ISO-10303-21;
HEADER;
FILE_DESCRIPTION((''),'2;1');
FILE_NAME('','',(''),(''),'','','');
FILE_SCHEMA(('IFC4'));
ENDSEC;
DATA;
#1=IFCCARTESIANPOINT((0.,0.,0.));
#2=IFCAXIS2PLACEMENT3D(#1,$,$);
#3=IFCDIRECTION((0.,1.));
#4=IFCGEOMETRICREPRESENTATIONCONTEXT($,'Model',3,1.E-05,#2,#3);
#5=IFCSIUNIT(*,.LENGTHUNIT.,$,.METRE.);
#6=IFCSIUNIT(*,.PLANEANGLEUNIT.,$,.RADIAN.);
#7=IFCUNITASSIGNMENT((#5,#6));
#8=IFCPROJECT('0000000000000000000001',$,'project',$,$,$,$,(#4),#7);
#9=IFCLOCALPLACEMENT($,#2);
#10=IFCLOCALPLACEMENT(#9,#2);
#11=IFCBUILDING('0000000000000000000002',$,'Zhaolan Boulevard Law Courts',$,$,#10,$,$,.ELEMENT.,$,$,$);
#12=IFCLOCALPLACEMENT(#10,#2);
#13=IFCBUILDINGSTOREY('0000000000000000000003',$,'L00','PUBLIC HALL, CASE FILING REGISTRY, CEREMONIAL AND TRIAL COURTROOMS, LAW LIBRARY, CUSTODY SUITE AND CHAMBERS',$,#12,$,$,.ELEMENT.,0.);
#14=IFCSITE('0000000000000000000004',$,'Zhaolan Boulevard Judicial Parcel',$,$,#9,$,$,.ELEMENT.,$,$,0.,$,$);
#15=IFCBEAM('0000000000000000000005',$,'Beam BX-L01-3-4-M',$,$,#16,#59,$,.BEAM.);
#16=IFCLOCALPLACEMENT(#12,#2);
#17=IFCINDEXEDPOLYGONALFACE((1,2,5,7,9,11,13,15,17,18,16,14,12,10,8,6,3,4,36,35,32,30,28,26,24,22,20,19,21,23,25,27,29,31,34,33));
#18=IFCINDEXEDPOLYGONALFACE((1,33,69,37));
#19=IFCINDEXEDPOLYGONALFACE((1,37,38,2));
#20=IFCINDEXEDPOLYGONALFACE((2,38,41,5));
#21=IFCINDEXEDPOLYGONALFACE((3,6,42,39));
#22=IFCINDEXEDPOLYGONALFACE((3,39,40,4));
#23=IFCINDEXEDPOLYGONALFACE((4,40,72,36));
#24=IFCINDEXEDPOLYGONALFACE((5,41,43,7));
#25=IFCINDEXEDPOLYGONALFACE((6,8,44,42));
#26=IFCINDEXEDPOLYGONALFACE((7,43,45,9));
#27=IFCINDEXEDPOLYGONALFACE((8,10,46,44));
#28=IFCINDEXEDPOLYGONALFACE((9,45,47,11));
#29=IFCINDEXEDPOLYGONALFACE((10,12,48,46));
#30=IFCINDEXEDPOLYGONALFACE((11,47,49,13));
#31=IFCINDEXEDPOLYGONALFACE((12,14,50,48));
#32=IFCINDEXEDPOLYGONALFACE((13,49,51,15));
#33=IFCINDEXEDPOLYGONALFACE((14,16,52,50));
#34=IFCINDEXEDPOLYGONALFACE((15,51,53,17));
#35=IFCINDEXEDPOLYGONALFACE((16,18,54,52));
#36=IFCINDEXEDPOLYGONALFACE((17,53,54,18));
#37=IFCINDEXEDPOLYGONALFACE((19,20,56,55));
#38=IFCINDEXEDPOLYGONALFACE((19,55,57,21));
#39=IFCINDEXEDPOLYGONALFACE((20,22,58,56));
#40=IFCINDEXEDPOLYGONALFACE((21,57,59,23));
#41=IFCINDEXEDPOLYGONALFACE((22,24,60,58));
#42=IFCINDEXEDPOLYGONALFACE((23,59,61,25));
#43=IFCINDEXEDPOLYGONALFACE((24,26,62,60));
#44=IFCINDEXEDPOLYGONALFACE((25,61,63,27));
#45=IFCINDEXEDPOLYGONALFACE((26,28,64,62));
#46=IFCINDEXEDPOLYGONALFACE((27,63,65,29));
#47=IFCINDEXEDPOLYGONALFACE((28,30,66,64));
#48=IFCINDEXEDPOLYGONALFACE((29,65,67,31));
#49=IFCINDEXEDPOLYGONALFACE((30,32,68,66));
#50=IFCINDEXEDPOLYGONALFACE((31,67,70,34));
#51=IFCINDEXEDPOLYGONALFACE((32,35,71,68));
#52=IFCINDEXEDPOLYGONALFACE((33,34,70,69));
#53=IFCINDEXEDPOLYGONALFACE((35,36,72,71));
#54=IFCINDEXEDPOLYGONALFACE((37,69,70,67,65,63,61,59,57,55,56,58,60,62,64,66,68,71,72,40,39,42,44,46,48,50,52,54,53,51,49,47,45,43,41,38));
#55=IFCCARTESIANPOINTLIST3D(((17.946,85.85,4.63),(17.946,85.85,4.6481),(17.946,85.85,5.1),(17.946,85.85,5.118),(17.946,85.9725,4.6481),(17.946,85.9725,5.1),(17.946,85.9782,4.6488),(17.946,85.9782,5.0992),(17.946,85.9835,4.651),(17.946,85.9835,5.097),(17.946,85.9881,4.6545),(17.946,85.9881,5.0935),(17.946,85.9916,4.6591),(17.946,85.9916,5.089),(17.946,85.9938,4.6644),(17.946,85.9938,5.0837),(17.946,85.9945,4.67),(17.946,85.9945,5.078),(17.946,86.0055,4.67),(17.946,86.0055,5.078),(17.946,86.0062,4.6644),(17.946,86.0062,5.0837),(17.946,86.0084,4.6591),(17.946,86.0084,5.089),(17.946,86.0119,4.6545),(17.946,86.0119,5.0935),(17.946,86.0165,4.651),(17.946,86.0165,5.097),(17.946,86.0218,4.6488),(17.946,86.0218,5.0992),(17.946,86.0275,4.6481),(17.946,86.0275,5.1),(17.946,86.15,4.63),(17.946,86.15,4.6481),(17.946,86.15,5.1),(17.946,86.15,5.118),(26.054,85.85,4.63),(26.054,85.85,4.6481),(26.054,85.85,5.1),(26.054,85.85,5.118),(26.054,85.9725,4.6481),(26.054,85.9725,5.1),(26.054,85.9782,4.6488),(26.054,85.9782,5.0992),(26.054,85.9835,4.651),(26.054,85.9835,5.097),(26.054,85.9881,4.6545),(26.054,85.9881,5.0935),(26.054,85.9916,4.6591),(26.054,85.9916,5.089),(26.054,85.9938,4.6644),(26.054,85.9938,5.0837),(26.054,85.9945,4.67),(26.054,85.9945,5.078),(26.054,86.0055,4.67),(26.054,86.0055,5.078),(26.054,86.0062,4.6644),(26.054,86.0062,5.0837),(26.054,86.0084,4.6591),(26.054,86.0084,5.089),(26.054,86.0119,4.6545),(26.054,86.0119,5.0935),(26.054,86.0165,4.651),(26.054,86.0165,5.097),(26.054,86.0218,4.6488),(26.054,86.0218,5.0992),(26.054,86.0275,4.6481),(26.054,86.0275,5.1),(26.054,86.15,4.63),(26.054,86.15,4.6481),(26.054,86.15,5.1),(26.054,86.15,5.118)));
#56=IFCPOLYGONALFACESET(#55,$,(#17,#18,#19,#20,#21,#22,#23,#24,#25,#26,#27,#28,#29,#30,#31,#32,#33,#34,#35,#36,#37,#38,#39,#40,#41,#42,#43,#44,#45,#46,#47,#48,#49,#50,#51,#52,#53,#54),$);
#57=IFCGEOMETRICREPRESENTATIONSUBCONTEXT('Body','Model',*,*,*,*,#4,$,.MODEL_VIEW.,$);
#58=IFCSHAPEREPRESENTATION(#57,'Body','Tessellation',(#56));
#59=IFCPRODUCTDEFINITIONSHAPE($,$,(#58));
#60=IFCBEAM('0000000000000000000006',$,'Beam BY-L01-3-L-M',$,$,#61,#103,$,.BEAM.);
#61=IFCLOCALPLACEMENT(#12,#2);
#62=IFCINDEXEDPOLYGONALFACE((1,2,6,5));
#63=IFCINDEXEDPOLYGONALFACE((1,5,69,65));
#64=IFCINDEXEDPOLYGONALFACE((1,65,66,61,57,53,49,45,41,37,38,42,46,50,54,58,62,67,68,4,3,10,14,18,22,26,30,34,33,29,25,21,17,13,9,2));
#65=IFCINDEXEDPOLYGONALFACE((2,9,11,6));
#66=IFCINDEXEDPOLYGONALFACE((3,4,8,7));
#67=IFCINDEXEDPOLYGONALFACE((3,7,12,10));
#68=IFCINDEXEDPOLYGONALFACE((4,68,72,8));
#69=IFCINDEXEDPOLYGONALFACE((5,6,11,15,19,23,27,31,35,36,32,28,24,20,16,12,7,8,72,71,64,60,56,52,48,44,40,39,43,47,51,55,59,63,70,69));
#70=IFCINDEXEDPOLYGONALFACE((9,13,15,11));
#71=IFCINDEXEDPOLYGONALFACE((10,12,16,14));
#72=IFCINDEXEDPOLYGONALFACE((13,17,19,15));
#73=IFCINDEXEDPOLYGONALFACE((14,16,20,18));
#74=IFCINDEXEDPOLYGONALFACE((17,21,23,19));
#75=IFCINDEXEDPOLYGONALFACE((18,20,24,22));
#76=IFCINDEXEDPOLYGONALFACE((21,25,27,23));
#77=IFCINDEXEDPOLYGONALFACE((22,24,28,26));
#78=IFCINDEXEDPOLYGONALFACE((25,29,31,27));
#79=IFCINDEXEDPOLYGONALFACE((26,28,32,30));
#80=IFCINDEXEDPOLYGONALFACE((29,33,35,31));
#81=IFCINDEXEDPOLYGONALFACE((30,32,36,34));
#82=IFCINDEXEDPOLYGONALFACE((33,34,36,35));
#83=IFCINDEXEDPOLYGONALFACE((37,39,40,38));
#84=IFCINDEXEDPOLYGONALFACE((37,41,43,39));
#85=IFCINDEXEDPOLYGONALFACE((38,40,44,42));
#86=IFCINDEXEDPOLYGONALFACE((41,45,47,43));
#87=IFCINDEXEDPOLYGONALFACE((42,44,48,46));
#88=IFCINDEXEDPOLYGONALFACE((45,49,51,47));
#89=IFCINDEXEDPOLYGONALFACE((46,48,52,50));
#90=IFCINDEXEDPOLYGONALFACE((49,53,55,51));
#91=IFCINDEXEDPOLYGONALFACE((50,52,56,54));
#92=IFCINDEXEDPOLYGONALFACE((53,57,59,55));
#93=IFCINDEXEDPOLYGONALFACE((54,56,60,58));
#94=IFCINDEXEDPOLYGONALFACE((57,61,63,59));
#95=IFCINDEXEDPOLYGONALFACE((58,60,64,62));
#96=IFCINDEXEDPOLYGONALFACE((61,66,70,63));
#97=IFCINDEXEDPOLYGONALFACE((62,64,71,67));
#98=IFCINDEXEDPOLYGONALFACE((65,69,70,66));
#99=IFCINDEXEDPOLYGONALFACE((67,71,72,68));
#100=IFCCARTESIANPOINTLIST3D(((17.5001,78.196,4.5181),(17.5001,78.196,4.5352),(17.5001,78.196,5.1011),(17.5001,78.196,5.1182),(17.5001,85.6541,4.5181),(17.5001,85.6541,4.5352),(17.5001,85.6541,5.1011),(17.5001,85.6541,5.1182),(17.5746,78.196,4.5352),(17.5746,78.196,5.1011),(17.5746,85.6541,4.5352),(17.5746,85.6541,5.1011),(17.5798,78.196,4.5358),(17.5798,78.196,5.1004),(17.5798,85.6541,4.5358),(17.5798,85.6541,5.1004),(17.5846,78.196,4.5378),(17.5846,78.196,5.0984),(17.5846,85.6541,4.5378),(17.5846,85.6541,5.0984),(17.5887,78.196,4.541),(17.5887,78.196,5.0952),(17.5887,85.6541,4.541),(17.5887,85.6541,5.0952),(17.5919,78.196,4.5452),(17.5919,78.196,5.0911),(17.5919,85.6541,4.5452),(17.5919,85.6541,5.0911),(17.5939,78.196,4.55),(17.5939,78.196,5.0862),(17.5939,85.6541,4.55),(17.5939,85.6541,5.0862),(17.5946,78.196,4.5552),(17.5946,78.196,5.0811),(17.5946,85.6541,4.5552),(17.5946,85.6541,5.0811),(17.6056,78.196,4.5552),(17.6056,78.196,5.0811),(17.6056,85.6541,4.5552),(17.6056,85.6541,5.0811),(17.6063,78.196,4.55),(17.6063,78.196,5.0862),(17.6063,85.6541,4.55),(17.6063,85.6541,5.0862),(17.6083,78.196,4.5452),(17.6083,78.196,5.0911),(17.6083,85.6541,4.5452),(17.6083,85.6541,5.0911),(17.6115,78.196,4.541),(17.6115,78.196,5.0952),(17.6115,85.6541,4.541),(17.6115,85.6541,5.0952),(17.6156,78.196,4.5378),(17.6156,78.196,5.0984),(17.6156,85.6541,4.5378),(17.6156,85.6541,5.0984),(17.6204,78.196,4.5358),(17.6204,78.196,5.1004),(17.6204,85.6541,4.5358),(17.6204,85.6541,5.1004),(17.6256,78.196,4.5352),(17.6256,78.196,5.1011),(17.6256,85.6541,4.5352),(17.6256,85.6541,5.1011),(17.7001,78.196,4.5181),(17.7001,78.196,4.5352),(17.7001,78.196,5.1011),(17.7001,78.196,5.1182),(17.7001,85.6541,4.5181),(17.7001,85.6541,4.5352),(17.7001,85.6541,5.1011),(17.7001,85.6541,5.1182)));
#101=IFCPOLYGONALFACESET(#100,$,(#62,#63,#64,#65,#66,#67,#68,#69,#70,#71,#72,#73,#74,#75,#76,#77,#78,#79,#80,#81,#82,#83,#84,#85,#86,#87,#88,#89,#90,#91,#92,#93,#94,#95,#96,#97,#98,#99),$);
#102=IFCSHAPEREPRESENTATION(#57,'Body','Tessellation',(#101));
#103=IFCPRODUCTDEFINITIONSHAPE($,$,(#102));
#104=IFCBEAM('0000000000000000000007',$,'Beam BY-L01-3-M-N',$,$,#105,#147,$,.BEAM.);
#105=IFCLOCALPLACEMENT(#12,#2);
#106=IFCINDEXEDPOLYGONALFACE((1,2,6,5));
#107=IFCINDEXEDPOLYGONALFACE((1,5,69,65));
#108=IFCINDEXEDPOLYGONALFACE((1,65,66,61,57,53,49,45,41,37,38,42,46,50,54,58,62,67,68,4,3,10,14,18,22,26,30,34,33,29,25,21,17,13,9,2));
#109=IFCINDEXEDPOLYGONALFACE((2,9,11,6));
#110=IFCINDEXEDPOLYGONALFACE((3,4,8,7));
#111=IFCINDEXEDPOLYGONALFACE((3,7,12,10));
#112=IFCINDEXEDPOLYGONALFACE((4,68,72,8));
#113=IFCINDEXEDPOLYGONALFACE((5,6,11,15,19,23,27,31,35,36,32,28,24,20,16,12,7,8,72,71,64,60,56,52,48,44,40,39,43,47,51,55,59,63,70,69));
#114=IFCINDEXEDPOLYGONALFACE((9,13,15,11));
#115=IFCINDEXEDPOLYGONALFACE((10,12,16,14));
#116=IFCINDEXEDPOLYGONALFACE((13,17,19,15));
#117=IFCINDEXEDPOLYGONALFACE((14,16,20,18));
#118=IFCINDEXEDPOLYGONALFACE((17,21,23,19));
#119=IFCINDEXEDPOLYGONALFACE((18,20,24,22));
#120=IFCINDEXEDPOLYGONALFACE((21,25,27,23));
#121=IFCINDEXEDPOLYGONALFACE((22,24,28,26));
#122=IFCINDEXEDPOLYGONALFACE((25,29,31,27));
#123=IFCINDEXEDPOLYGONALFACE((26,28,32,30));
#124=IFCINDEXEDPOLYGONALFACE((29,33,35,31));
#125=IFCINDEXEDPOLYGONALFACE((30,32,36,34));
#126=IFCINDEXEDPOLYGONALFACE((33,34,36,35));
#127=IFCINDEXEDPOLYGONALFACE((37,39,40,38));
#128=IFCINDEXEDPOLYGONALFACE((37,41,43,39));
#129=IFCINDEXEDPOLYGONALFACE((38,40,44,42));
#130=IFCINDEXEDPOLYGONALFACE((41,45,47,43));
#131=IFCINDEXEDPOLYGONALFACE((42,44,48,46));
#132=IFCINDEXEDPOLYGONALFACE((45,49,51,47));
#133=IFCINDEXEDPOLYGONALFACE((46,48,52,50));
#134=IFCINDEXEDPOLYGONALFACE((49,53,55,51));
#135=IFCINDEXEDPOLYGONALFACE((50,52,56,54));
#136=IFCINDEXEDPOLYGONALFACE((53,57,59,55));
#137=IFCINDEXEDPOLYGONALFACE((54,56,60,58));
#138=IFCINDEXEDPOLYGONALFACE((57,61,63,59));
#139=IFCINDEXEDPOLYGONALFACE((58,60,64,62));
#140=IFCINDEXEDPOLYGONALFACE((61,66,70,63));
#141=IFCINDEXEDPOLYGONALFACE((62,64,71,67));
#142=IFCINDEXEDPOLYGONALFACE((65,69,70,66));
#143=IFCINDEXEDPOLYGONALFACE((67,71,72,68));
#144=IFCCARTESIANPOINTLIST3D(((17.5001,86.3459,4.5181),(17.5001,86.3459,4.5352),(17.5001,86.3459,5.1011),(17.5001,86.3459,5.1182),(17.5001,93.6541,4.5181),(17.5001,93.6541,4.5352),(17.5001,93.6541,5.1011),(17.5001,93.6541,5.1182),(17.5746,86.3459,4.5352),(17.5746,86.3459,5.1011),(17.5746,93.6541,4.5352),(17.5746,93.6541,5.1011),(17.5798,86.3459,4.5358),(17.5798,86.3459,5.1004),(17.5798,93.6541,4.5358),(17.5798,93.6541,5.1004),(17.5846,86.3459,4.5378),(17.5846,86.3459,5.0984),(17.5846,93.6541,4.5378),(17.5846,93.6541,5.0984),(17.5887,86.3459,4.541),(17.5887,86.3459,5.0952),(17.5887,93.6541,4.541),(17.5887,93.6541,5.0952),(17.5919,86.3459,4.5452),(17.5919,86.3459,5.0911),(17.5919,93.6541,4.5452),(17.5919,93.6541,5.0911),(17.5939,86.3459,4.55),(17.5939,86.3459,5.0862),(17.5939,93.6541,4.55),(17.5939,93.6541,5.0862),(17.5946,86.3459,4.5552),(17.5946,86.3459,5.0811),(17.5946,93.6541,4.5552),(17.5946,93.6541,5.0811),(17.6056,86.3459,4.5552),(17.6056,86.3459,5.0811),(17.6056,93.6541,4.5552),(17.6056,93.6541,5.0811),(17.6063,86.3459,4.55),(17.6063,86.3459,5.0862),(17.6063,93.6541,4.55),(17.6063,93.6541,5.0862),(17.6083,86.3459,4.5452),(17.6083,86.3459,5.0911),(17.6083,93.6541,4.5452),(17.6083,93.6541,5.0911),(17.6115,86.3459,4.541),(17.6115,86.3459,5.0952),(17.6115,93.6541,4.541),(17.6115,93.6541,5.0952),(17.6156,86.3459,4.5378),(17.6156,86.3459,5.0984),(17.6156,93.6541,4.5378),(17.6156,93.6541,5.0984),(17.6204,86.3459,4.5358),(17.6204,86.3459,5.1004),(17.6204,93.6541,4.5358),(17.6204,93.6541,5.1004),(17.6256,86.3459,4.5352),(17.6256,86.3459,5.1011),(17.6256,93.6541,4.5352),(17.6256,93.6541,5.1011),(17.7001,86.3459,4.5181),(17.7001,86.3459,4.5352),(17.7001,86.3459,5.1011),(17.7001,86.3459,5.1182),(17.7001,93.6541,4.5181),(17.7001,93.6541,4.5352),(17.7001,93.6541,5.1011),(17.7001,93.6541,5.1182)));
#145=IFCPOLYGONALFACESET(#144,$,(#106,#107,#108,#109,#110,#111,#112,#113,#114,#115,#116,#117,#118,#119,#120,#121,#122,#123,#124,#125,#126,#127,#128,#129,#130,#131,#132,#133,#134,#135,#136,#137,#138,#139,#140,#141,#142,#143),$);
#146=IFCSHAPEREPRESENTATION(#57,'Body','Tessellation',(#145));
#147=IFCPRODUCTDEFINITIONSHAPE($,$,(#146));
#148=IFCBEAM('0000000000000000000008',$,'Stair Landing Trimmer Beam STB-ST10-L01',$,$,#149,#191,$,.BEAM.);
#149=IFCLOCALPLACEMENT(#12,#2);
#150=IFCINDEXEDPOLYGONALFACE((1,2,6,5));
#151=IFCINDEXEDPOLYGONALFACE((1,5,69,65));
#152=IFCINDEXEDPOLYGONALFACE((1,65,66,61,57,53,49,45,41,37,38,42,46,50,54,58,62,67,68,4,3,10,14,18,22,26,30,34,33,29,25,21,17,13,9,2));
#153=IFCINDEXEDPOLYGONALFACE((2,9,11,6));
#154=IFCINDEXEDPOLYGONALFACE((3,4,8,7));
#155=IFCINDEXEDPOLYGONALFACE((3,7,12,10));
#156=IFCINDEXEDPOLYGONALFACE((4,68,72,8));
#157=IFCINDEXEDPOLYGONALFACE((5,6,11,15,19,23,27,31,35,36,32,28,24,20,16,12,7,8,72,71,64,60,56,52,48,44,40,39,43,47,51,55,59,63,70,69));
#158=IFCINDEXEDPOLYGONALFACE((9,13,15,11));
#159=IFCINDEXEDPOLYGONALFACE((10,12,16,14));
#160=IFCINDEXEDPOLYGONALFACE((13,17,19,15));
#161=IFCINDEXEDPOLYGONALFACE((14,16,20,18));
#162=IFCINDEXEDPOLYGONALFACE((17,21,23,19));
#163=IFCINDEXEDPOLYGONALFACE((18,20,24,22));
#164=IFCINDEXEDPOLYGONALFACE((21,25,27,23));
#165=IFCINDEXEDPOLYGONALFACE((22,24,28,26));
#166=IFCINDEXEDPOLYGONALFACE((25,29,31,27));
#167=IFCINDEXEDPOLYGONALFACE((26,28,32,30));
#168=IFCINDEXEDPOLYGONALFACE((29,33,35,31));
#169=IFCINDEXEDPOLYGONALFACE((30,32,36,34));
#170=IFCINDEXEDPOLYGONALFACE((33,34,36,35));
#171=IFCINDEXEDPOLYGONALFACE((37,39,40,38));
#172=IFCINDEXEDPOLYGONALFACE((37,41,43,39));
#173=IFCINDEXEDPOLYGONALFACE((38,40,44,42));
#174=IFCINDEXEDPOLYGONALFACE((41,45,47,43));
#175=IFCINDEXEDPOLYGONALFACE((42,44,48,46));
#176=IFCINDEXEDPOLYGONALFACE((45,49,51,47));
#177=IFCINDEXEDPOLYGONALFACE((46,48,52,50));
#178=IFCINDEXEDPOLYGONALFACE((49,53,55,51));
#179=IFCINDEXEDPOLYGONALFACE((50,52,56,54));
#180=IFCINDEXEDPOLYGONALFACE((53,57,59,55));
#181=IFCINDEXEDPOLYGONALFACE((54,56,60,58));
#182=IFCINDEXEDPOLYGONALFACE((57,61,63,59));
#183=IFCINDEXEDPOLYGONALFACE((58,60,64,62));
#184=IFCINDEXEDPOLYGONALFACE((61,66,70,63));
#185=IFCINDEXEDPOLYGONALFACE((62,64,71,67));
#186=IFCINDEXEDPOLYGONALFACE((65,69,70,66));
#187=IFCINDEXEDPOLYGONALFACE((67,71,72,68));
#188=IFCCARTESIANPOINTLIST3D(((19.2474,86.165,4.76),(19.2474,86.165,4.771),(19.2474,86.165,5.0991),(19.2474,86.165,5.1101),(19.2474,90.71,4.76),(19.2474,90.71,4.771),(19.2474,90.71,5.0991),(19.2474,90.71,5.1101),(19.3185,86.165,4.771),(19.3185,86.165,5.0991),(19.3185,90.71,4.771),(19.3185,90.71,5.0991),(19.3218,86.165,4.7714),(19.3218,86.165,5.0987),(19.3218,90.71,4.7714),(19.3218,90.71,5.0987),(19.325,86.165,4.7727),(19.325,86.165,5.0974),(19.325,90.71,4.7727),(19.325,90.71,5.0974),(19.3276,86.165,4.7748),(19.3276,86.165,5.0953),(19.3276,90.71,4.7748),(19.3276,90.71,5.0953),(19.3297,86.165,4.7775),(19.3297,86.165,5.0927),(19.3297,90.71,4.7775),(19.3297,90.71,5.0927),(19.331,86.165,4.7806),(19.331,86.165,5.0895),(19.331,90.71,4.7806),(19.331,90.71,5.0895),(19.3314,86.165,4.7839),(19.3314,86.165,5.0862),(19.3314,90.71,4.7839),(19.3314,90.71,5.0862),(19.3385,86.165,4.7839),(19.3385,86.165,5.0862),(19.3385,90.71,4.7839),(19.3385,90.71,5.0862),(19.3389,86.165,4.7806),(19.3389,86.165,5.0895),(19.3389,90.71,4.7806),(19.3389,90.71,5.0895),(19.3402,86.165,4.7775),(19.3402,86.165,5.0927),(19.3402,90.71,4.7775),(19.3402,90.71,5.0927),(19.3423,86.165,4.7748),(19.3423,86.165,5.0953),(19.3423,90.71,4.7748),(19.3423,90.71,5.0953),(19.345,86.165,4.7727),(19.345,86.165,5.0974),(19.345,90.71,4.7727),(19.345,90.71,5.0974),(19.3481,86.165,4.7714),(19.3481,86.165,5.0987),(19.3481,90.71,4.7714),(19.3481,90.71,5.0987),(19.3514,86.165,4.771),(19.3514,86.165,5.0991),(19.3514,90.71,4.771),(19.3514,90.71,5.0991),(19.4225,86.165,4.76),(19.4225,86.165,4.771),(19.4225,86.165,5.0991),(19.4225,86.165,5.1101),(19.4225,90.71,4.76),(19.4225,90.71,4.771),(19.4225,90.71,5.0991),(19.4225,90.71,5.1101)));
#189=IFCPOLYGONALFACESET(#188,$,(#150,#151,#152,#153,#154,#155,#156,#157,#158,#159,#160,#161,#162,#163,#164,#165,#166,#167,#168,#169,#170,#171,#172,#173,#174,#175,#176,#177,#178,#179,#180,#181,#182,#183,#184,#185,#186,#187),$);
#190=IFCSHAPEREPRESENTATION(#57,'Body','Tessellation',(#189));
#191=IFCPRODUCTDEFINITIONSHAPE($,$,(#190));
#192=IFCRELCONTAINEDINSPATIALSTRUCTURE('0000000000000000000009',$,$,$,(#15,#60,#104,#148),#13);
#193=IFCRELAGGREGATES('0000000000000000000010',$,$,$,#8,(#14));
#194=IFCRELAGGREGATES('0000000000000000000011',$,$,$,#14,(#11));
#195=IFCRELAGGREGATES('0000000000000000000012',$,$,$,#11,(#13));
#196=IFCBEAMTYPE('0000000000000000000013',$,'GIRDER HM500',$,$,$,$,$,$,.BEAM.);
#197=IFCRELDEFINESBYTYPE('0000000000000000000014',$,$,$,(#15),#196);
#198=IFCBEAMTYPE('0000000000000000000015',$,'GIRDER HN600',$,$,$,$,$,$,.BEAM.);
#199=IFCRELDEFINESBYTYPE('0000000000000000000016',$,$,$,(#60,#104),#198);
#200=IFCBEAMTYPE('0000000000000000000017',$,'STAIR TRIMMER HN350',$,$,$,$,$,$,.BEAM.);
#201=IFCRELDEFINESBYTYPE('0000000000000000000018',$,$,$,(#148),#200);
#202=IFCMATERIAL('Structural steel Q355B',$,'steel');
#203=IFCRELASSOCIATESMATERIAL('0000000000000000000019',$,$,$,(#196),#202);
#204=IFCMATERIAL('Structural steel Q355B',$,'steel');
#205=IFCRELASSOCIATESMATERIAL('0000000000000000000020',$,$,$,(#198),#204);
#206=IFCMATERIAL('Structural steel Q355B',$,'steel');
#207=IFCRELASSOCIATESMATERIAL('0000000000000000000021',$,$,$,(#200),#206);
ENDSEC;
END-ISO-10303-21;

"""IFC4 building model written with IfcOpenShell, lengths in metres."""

from ifc_helpers import new_model, si_unit, direction, frame, origin, origin_2d, place, context, subcontext, project, spatial, i_section, extrude, material, material_profile, profile_set, type_object, element, save


model = new_model("IFC4")

# Units and contexts
model_context = context("Model", 3, precision=1e-05, world=origin(), true_north=direction((0.0, 1.0)))
body_context = subcontext(model_context, "Body", "Model", "MODEL_VIEW")
ifc_project = project(units=[si_unit("LENGTHUNIT", "METRE"), si_unit("PLANEANGLEUNIT", "RADIAN")], contexts=[model_context])

# Site, building, storey
site_placement = place(None, origin())
site = spatial("IfcSite", under=ifc_project, at=site_placement, Name="Zhaolan Boulevard Judicial Parcel", CompositionType="ELEMENT", RefElevation=0.0)
building_placement = place(site_placement, origin())
building = spatial("IfcBuilding", under=site, at=building_placement, Name="Zhaolan Boulevard Law Courts", CompositionType="ELEMENT")
storey_placement = place(building_placement, origin())
storey = spatial("IfcBuildingStorey", under=building, at=storey_placement, Name="L00", Description="PUBLIC HALL, CASE FILING REGISTRY, CEREMONIAL AND TRIAL COURTROOMS, LAW LIBRARY, CUSTODY SUITE AND CHAMBERS", CompositionType="ELEMENT", Elevation=0.0)

# Beams
ifc_material_1 = material(Name="Structural steel Q355B", Category="steel")
ifc_material_profile_1 = material_profile(ifc_material_1, i_section(OverallWidth=0.3, OverallDepth=0.488, WebThickness=0.011, FlangeThickness=0.0181, FilletRadius=0.022, at=origin_2d()), Name="HM488x300")
ifc_profile_set_1 = profile_set([ifc_material_profile_1], Name="Structural steel Q355B")
beam_type_1 = type_object("IfcBeamType", Name="GIRDER HM500", PredefinedType="BEAM", material=ifc_profile_set_1)
beam_1_placement = place(storey_placement, frame((17.946, 86.0, 4.874), z_axis=(1.0, 0.0, 0.0), x_axis=(0.0, 1.0, 0.0)))
element("IfcBeam", 1, at=beam_1_placement, inside=storey, type_object=beam_type_1, Name="Beam BX-L01-3-4-M", PredefinedType="BEAM", context=body_context, shape_type="SweptSolid", body=[
    extrude(i_section(OverallWidth=0.3, OverallDepth=0.488, WebThickness=0.011, FlangeThickness=0.0181, FilletRadius=0.022, at=origin_2d()), origin(), (0.0, 0.0, 1.0), 8.1079),
])
ifc_material_2 = material(Name="Structural steel Q355B", Category="steel")
ifc_material_profile_2 = material_profile(ifc_material_2, i_section(OverallWidth=0.2, OverallDepth=0.6001, WebThickness=0.011, FlangeThickness=0.0171, FilletRadius=0.02, at=origin_2d()), Name="HN600x200")
ifc_profile_set_2 = profile_set([ifc_material_profile_2], Name="Structural steel Q355B")
beam_type_2 = type_object("IfcBeamType", Name="GIRDER HN600", PredefinedType="BEAM", material=ifc_profile_set_2)
beam_2_placement = place(storey_placement, frame((17.6001, 78.196, 4.8181), z_axis=(0.0, 1.0, 0.0), x_axis=(-1.0, 0.0, 0.0)))
element("IfcBeam", 2, at=beam_2_placement, inside=storey, type_object=beam_type_2, Name="Beam BY-L01-3-L-M", PredefinedType="BEAM", context=body_context, shape_type="SweptSolid", body=[
    extrude(i_section(OverallWidth=0.2, OverallDepth=0.6001, WebThickness=0.011, FlangeThickness=0.0171, FilletRadius=0.02, at=origin_2d()), origin(), (0.0, 0.0, 1.0), 7.458),
])
beam_3_placement = place(storey_placement, frame((17.6001, 86.3459, 4.8181), z_axis=(0.0, 1.0, 0.0), x_axis=(-1.0, 0.0, 0.0)))
element("IfcBeam", 3, at=beam_3_placement, inside=storey, type_object=beam_type_2, Name="Beam BY-L01-3-M-N", PredefinedType="BEAM", context=body_context, shape_type="SweptSolid", body=[
    extrude(i_section(OverallWidth=0.2, OverallDepth=0.6001, WebThickness=0.011, FlangeThickness=0.0171, FilletRadius=0.02, at=origin_2d()), origin(), (0.0, 0.0, 1.0), 7.3081),
])
ifc_material_3 = material(Name="Structural steel Q355B", Category="steel")
ifc_material_profile_3 = material_profile(ifc_material_3, i_section(OverallWidth=0.175, OverallDepth=0.3501, WebThickness=0.0071, FlangeThickness=0.011, FilletRadius=0.0129, at=origin_2d()), Name="HN350x175")
ifc_profile_set_3 = profile_set([ifc_material_profile_3], Name="Structural steel Q355B")
beam_type_3 = type_object("IfcBeamType", Name="STAIR TRIMMER HN350", PredefinedType="BEAM", material=ifc_profile_set_3)
beam_4_placement = place(storey_placement, frame((19.335, 86.165, 4.9351), z_axis=(0.0, 1.0, 0.0), x_axis=(-1.0, 0.0, 0.0)))
element("IfcBeam", 4, at=beam_4_placement, inside=storey, type_object=beam_type_3, Name="Stair Landing Trimmer Beam STB-ST10-L01", PredefinedType="BEAM", context=body_context, shape_type="SweptSolid", body=[
    extrude(i_section(OverallWidth=0.175, OverallDepth=0.3501, WebThickness=0.0071, FlangeThickness=0.011, FilletRadius=0.0129, at=origin_2d()), origin(), (0.0, 0.0, 1.0), 4.5449),
])

save(model, "model.ifc")
